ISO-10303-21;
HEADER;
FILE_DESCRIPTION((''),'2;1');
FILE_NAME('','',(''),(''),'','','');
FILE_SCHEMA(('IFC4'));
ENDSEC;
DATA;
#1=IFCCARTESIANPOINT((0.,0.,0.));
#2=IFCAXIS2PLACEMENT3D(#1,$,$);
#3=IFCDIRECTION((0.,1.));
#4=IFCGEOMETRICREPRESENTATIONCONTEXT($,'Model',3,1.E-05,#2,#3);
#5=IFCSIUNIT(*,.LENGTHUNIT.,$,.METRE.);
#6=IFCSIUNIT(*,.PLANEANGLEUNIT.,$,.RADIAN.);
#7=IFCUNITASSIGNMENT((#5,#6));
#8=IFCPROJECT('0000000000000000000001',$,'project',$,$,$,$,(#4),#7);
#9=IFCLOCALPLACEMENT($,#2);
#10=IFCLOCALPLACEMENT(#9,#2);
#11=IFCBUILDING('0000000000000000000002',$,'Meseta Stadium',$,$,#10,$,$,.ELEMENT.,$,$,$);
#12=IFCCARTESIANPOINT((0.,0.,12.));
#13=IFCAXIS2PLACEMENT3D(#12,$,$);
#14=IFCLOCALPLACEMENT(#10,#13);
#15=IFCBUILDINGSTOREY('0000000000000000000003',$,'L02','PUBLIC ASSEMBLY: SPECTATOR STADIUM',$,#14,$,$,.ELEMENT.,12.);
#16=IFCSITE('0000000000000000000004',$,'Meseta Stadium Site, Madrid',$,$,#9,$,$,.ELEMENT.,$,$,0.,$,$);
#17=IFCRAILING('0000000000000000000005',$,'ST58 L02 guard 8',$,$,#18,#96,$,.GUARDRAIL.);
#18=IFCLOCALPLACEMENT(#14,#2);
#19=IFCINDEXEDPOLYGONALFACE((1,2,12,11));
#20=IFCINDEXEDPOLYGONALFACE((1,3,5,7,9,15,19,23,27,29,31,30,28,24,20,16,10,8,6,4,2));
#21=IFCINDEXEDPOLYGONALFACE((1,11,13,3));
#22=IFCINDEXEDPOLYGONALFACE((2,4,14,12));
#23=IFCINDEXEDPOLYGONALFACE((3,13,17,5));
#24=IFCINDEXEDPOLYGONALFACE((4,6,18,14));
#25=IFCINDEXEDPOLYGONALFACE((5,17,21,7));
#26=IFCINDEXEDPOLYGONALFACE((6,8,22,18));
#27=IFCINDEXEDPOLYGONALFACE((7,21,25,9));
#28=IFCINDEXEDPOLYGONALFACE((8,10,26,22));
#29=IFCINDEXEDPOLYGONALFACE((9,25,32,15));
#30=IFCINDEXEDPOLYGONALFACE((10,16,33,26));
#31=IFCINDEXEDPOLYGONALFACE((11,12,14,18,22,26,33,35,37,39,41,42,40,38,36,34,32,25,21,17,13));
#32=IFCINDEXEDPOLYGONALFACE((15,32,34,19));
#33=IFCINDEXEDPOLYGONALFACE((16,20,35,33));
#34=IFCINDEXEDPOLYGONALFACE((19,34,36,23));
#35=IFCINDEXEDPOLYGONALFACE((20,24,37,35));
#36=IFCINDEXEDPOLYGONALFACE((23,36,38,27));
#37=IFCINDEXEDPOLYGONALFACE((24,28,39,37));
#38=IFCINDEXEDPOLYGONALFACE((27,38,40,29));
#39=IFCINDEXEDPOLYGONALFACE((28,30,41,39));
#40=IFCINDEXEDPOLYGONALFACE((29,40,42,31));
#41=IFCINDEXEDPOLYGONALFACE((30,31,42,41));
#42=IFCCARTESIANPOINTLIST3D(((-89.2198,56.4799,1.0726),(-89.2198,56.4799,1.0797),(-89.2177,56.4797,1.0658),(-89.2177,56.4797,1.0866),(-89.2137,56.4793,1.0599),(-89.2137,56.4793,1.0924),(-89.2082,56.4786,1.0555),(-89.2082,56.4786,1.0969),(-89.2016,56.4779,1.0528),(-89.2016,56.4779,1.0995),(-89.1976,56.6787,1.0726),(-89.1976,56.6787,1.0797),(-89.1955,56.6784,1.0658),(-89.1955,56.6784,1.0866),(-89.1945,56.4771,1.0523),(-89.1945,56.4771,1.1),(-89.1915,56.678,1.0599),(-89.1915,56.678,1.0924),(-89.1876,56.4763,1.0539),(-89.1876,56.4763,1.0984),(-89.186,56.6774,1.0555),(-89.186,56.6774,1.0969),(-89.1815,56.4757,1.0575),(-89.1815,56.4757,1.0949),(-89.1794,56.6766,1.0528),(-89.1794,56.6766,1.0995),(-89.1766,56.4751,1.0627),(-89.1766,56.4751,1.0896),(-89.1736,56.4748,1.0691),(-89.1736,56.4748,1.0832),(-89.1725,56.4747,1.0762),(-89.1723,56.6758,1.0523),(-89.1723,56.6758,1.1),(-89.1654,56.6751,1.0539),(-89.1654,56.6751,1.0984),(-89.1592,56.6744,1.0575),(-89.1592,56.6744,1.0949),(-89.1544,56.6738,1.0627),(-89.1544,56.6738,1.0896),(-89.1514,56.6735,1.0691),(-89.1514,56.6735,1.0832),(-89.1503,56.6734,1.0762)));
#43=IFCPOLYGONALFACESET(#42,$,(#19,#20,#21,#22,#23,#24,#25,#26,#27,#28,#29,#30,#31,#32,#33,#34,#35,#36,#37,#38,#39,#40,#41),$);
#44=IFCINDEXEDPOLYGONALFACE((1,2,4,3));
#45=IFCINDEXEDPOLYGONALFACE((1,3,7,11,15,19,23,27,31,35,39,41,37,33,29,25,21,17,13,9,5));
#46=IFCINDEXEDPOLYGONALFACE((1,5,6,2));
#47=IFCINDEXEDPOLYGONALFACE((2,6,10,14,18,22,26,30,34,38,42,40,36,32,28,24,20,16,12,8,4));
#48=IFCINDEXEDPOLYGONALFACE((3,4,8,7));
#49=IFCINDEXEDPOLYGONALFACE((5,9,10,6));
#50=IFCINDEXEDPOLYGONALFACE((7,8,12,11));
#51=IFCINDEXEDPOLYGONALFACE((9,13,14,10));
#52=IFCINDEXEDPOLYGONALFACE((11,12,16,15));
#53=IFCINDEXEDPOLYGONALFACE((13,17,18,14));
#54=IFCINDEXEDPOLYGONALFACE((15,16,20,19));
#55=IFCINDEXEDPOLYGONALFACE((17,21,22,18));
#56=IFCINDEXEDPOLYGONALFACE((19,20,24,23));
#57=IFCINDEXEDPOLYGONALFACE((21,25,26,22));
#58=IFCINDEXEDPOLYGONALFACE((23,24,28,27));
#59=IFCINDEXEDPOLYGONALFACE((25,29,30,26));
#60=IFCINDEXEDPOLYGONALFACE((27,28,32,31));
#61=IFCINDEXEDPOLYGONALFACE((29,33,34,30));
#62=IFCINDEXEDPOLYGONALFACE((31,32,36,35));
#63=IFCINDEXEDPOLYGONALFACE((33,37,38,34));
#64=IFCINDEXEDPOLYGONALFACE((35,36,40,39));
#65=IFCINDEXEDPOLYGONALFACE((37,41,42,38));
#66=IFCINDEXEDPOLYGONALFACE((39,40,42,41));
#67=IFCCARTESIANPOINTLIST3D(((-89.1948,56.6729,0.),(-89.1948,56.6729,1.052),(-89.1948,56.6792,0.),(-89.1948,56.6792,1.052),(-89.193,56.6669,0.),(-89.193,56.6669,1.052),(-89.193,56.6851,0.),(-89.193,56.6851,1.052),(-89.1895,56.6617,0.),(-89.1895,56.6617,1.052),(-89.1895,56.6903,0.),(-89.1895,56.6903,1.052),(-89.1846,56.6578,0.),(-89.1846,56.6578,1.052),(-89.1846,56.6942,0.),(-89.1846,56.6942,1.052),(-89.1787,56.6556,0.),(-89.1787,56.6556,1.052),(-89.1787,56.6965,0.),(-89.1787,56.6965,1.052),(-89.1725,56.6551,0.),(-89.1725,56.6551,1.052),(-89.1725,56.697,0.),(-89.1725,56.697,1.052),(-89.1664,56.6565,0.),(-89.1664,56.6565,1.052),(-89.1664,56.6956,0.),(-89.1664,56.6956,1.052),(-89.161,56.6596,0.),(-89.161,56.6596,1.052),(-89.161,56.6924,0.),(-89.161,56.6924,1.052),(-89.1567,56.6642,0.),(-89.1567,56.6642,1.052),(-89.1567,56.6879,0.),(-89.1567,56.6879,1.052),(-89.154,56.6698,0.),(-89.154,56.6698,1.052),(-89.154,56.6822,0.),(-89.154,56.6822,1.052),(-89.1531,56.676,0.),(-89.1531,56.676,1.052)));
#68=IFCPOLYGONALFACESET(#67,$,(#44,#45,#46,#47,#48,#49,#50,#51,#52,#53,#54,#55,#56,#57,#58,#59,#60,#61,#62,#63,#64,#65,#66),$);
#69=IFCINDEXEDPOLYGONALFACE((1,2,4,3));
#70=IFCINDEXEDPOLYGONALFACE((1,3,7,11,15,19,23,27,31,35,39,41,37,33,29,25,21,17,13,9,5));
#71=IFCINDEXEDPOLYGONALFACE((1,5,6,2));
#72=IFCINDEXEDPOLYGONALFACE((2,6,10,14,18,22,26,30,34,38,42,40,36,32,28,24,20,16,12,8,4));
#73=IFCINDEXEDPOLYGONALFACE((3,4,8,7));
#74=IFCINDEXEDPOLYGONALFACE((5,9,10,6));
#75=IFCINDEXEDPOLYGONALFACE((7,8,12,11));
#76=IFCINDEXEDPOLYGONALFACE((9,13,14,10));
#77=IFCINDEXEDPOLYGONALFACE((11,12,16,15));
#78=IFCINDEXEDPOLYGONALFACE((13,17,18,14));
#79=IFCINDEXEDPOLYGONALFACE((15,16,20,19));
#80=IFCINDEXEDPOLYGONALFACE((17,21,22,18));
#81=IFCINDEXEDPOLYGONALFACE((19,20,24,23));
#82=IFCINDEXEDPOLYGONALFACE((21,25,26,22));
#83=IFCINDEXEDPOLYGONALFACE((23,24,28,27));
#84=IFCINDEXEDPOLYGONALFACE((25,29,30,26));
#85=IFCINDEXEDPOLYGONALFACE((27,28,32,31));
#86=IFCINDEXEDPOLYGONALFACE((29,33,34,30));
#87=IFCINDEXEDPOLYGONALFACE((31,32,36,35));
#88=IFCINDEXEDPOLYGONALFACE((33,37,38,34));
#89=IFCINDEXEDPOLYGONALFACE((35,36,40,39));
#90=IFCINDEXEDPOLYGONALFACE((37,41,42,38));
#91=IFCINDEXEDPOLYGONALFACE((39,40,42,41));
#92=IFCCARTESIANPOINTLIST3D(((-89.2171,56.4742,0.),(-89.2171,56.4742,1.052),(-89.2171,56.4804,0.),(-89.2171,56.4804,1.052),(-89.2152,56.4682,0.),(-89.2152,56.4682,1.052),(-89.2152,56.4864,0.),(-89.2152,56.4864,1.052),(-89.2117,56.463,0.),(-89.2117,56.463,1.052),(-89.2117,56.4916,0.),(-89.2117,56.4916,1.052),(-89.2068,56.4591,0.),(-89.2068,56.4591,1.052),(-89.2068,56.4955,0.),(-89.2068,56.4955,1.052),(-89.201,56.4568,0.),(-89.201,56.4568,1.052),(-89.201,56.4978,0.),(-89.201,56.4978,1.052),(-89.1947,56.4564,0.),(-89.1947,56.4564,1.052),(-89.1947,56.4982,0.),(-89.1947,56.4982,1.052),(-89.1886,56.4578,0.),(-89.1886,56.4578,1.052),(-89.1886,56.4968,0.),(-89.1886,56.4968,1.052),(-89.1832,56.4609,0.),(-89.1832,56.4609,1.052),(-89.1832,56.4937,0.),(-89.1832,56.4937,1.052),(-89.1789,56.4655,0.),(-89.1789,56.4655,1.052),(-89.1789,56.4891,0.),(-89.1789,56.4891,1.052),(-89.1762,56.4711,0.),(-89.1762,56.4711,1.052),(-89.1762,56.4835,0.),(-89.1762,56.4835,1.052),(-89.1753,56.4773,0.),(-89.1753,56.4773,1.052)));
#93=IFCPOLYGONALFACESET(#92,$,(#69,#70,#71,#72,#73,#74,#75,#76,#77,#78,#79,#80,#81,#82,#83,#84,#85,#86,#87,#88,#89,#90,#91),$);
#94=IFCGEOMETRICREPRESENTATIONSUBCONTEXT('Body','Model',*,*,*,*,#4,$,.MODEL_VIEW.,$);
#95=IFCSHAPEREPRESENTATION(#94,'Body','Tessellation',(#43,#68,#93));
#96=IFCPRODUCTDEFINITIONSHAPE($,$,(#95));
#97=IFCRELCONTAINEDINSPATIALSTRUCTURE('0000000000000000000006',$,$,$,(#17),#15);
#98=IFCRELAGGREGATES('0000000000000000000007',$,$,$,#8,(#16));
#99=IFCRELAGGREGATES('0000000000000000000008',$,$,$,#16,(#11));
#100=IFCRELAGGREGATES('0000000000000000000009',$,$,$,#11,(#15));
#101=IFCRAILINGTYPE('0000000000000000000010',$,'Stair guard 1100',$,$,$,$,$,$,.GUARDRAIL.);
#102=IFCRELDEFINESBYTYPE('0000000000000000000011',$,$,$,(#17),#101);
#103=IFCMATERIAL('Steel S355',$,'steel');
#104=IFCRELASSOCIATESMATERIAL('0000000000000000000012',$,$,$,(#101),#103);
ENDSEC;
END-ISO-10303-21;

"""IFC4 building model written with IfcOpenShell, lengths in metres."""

from ifc_helpers import new_model, si_unit, direction, frame, origin, origin_2d, place, context, subcontext, project, spatial, circle, extrude, material, type_object, element, save


model = new_model("IFC4")

# Units and contexts
model_context = context("Model", 3, precision=1e-05, world=origin(), true_north=direction((0.0, 1.0)))
body_context = subcontext(model_context, "Body", "Model", "MODEL_VIEW")
ifc_project = project(units=[si_unit("LENGTHUNIT", "METRE"), si_unit("PLANEANGLEUNIT", "RADIAN")], contexts=[model_context])

# Site, building, storey
site_placement = place(None, origin())
site = spatial("IfcSite", under=ifc_project, at=site_placement, Name="Meseta Stadium Site, Madrid", CompositionType="ELEMENT", RefElevation=0.0)
building_placement = place(site_placement, origin())
building = spatial("IfcBuilding", under=site, at=building_placement, Name="Meseta Stadium", CompositionType="ELEMENT")
storey_placement = place(building_placement, frame((0.0, 0.0, 12.0)))
storey = spatial("IfcBuildingStorey", under=building, at=storey_placement, Name="L02", Description="PUBLIC ASSEMBLY: SPECTATOR STADIUM", CompositionType="ELEMENT", Elevation=12.0)

# Railing
ifc_material_1 = material(Name="Steel S355", Category="steel")
railing_type_1 = type_object("IfcRailingType", Name="Stair guard 1100", PredefinedType="GUARDRAIL", material=ifc_material_1)
railing_1_placement = place(storey_placement, frame((-89.1741, 56.676, 0.0)))
element("IfcRailing", 1, at=railing_1_placement, inside=storey, type_object=railing_type_1, Name="ST58 L02 guard 8", PredefinedType="GUARDRAIL", context=body_context, shape_type="SweptSolid", body=[
    extrude(circle(Radius=0.0239, at=origin_2d()), frame((0.0, 0.0, 1.0762), z_axis=(-0.111102, -0.993809, 0.0), x_axis=(0.993809, -0.111102, 0.0)), (0.0, 0.0, 1.0), 0.2),
    extrude(circle(Radius=0.021, at=origin_2d()), origin(), (0.0, 0.0, 1.0), 1.052),
    extrude(circle(Radius=0.021, at=origin_2d()), frame((-0.0222, -0.1987, 0.0)), (0.0, 0.0, 1.0), 1.052),
])

save(model, "model.ifc")
